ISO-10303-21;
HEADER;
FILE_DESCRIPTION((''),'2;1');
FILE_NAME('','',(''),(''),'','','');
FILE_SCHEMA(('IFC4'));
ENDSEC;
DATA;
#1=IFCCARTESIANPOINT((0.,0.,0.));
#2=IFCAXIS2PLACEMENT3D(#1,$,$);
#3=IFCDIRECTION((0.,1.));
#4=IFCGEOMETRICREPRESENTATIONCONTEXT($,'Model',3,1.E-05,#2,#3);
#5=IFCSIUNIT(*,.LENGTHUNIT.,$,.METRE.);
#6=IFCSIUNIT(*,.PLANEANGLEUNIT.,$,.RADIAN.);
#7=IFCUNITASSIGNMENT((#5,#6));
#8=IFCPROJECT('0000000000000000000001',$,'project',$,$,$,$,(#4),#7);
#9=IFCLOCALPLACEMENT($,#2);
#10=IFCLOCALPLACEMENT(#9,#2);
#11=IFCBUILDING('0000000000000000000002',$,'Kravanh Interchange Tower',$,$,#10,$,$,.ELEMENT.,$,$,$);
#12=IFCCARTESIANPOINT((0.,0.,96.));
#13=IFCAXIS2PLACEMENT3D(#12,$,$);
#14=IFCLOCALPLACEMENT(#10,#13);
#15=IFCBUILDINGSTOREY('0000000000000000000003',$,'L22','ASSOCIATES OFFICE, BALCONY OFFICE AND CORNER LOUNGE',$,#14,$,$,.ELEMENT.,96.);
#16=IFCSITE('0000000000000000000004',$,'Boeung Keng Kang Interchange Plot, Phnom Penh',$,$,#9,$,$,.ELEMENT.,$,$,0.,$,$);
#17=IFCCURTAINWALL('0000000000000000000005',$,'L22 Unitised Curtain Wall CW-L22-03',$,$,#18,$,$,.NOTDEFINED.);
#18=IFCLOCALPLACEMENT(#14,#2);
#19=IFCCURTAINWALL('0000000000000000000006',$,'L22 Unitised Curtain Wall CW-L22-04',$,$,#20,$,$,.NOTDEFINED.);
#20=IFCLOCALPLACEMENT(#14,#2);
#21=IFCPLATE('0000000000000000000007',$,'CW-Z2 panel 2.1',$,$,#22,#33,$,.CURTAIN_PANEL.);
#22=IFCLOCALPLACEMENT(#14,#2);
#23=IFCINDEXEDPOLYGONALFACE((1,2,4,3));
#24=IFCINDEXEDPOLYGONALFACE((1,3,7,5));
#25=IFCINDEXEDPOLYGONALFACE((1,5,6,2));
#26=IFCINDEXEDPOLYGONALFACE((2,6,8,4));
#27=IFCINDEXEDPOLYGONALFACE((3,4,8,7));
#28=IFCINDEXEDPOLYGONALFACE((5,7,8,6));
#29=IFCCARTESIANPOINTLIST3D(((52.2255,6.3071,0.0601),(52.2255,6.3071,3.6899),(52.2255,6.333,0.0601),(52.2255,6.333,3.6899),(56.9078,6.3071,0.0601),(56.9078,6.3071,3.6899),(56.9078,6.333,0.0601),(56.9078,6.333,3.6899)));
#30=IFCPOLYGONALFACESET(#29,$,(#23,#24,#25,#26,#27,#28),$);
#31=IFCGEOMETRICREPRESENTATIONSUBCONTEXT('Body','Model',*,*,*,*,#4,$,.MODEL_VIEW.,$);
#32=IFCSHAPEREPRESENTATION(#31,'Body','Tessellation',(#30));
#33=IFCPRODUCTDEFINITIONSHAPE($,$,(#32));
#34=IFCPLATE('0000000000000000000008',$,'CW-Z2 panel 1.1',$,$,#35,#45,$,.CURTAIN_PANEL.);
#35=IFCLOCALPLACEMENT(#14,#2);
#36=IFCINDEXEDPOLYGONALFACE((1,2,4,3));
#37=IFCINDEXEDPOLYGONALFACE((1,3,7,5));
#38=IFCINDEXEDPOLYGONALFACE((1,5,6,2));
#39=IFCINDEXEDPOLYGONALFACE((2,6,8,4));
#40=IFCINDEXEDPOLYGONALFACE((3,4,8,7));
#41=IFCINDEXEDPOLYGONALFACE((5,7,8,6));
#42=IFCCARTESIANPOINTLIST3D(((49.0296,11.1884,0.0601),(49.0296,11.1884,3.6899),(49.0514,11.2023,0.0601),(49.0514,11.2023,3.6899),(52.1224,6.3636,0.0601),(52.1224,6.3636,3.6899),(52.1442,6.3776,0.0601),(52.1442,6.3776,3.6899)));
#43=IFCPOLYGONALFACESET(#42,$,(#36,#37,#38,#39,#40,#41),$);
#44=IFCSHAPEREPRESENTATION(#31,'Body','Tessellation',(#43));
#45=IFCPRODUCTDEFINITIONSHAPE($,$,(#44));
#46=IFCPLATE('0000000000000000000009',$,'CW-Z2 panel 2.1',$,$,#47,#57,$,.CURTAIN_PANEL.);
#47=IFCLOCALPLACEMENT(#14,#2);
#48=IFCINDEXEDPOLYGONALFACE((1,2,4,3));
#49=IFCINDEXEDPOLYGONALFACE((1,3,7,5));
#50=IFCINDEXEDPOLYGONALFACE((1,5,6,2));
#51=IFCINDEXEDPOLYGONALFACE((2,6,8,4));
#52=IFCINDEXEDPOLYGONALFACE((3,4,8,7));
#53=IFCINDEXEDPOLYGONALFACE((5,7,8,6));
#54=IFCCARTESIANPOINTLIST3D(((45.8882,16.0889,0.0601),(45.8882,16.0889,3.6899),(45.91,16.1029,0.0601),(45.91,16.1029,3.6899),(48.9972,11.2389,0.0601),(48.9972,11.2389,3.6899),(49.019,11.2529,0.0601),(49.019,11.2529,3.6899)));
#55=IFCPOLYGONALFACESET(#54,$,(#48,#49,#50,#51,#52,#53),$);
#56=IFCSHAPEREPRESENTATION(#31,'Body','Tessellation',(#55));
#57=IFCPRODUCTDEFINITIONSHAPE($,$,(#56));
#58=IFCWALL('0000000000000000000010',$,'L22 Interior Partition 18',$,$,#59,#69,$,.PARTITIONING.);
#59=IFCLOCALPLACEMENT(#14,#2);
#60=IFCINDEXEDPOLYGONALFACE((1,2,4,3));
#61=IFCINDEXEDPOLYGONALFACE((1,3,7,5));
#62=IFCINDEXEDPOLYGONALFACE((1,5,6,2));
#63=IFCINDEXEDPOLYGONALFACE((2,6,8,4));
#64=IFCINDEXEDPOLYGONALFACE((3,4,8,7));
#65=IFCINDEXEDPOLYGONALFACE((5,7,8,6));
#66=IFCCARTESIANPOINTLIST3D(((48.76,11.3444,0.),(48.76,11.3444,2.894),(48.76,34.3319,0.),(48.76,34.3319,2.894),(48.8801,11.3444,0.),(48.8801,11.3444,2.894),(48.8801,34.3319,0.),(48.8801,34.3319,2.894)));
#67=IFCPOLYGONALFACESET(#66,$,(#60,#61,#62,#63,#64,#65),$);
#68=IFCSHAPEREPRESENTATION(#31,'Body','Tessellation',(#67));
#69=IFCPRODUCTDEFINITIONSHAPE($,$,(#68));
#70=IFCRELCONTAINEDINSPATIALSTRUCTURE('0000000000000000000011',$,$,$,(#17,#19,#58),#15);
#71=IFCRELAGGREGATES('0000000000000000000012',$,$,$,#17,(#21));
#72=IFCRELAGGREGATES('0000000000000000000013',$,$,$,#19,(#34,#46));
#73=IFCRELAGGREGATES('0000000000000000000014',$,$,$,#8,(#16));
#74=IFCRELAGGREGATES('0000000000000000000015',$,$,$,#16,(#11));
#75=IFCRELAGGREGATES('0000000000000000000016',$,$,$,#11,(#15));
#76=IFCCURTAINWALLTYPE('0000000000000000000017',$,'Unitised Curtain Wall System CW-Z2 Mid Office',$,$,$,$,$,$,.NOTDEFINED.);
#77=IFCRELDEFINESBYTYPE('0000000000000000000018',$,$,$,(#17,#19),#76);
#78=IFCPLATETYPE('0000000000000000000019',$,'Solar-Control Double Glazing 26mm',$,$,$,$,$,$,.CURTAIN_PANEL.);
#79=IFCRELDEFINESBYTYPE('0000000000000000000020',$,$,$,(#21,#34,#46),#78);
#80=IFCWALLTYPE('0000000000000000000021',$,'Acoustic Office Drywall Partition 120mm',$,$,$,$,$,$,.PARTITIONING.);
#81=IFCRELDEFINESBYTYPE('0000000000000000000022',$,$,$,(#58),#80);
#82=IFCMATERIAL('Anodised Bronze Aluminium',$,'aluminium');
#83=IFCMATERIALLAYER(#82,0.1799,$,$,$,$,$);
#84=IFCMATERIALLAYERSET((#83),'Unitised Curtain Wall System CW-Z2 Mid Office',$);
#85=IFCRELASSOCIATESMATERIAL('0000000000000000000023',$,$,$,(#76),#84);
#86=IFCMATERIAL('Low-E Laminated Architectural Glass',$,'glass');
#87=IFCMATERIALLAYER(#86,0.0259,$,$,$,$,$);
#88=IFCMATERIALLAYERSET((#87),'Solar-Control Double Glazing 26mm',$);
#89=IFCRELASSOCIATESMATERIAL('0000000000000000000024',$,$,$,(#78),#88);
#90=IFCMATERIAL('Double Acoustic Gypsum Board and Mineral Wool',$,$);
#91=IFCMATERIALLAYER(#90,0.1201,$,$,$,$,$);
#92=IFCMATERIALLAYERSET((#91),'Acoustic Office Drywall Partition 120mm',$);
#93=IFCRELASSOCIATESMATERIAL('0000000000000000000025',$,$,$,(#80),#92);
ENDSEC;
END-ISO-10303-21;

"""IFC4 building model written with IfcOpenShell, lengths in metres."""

from ifc_helpers import new_model, si_unit, direction, frame, frame_2d, origin, origin_2d, place, context, subcontext, project, spatial, rectangle, extrude, material, layer, layer_set, type_object, element, aggregate, save


model = new_model("IFC4")

# Units and contexts
model_context = context("Model", 3, precision=1e-05, world=origin(), true_north=direction((0.0, 1.0)))
body_context = subcontext(model_context, "Body", "Model", "MODEL_VIEW")
ifc_project = project(units=[si_unit("LENGTHUNIT", "METRE"), si_unit("PLANEANGLEUNIT", "RADIAN")], contexts=[model_context])

# Site, building, storey
site_placement = place(None, origin())
site = spatial("IfcSite", under=ifc_project, at=site_placement, Name="Boeung Keng Kang Interchange Plot, Phnom Penh", CompositionType="ELEMENT", RefElevation=0.0)
building_placement = place(site_placement, origin())
building = spatial("IfcBuilding", under=site, at=building_placement, Name="Kravanh Interchange Tower", CompositionType="ELEMENT")
storey_placement = place(building_placement, frame((0.0, 0.0, 96.0)))
storey = spatial("IfcBuildingStorey", under=building, at=storey_placement, Name="L22", Description="ASSOCIATES OFFICE, BALCONY OFFICE AND CORNER LOUNGE", CompositionType="ELEMENT", Elevation=96.0)

# Curtain wall
ifc_material_1 = material(Name="Anodised Bronze Aluminium", Category="aluminium")
ifc_layer_1 = layer(ifc_material_1, 0.1799)
ifc_layer_set_1 = layer_set([ifc_layer_1], Name="Unitised Curtain Wall System CW-Z2 Mid Office")
curtain_wall_type = type_object("IfcCurtainWallType", Name="Unitised Curtain Wall System CW-Z2 Mid Office", PredefinedType="NOTDEFINED", material=ifc_layer_set_1)
curtain_wall_1_placement = place(storey_placement, origin())
curtain_wall_1 = element("IfcCurtainWall", 1, at=curtain_wall_1_placement, inside=storey, type_object=curtain_wall_type, Name="L22 Unitised Curtain Wall CW-L22-03", PredefinedType="NOTDEFINED")

# Curtain wall
curtain_wall_2_placement = place(storey_placement, origin())
curtain_wall_2 = element("IfcCurtainWall", 2, at=curtain_wall_2_placement, inside=storey, type_object=curtain_wall_type, Name="L22 Unitised Curtain Wall CW-L22-04", PredefinedType="NOTDEFINED")

# Plates
ifc_material_2 = material(Name="Low-E Laminated Architectural Glass", Category="glass")
ifc_layer_2 = layer(ifc_material_2, 0.0259)
ifc_layer_set_2 = layer_set([ifc_layer_2], Name="Solar-Control Double Glazing 26mm")
plate_type = type_object("IfcPlateType", Name="Solar-Control Double Glazing 26mm", PredefinedType="CURTAIN_PANEL", material=ifc_layer_set_2)
plate_1_placement = place(storey_placement, frame((54.5667, 6.3201, 0.0601), z_axis=(0.0, 0.0, 1.0), x_axis=(-1.0, 0.0, 0.0)))
plate_1 = element("IfcPlate", 3, at=plate_1_placement, type_object=plate_type, Name="CW-Z2 panel 2.1", PredefinedType="CURTAIN_PANEL", context=body_context, shape_type="SweptSolid", body=[
    extrude(rectangle(XDim=4.6824, YDim=0.0259, at=origin_2d()), origin(), (0.0, 0.0, 1.0), 3.6299),
])
aggregate(curtain_wall_1, [plate_1])
plate_2_placement = place(storey_placement, frame((50.5869, 8.783, 0.0601), z_axis=(0.0, 0.0, 1.0), x_axis=(-0.539665, 0.84188, 0.0)))
plate_2 = element("IfcPlate", 4, at=plate_2_placement, type_object=plate_type, Name="CW-Z2 panel 1.1", PredefinedType="CURTAIN_PANEL", context=body_context, shape_type="SweptSolid", body=[
    extrude(rectangle(XDim=5.731, YDim=0.0259, at=origin_2d()), origin(), (0.0, 0.0, 1.0), 3.6299),
])
plate_3_placement = place(storey_placement, frame((47.4536, 13.6709, 0.0601), z_axis=(0.0, 0.0, 1.0), x_axis=(-0.539665, 0.84188, 0.0)))
plate_3 = element("IfcPlate", 5, at=plate_3_placement, type_object=plate_type, Name="CW-Z2 panel 2.1", PredefinedType="CURTAIN_PANEL", context=body_context, shape_type="SweptSolid", body=[
    extrude(rectangle(XDim=5.761, YDim=0.0259, at=origin_2d()), origin(), (0.0, 0.0, 1.0), 3.6299),
])
aggregate(curtain_wall_2, [plate_2, plate_3])

# Wall
ifc_material_3 = material(Name="Double Acoustic Gypsum Board and Mineral Wool")
ifc_layer_3 = layer(ifc_material_3, 0.1201)
ifc_layer_set_3 = layer_set([ifc_layer_3], Name="Acoustic Office Drywall Partition 120mm")
wall_type = type_object("IfcWallType", Name="Acoustic Office Drywall Partition 120mm", PredefinedType="PARTITIONING", material=ifc_layer_set_3)
wall_placement = place(storey_placement, frame((48.8201, 11.3445, 0.0), z_axis=(0.0, 0.0, 1.0), x_axis=(0.0, 1.0, 0.0)))
element("IfcWall", 6, at=wall_placement, inside=storey, type_object=wall_type, Name="L22 Interior Partition 18", PredefinedType="PARTITIONING", context=body_context, shape_type="SweptSolid", body=[
    extrude(rectangle(XDim=22.9875, YDim=0.1201, at=frame_2d((11.4937, 0.0))), origin(), (0.0, 0.0, 1.0), 2.894),
])

save(model, "model.ifc")
